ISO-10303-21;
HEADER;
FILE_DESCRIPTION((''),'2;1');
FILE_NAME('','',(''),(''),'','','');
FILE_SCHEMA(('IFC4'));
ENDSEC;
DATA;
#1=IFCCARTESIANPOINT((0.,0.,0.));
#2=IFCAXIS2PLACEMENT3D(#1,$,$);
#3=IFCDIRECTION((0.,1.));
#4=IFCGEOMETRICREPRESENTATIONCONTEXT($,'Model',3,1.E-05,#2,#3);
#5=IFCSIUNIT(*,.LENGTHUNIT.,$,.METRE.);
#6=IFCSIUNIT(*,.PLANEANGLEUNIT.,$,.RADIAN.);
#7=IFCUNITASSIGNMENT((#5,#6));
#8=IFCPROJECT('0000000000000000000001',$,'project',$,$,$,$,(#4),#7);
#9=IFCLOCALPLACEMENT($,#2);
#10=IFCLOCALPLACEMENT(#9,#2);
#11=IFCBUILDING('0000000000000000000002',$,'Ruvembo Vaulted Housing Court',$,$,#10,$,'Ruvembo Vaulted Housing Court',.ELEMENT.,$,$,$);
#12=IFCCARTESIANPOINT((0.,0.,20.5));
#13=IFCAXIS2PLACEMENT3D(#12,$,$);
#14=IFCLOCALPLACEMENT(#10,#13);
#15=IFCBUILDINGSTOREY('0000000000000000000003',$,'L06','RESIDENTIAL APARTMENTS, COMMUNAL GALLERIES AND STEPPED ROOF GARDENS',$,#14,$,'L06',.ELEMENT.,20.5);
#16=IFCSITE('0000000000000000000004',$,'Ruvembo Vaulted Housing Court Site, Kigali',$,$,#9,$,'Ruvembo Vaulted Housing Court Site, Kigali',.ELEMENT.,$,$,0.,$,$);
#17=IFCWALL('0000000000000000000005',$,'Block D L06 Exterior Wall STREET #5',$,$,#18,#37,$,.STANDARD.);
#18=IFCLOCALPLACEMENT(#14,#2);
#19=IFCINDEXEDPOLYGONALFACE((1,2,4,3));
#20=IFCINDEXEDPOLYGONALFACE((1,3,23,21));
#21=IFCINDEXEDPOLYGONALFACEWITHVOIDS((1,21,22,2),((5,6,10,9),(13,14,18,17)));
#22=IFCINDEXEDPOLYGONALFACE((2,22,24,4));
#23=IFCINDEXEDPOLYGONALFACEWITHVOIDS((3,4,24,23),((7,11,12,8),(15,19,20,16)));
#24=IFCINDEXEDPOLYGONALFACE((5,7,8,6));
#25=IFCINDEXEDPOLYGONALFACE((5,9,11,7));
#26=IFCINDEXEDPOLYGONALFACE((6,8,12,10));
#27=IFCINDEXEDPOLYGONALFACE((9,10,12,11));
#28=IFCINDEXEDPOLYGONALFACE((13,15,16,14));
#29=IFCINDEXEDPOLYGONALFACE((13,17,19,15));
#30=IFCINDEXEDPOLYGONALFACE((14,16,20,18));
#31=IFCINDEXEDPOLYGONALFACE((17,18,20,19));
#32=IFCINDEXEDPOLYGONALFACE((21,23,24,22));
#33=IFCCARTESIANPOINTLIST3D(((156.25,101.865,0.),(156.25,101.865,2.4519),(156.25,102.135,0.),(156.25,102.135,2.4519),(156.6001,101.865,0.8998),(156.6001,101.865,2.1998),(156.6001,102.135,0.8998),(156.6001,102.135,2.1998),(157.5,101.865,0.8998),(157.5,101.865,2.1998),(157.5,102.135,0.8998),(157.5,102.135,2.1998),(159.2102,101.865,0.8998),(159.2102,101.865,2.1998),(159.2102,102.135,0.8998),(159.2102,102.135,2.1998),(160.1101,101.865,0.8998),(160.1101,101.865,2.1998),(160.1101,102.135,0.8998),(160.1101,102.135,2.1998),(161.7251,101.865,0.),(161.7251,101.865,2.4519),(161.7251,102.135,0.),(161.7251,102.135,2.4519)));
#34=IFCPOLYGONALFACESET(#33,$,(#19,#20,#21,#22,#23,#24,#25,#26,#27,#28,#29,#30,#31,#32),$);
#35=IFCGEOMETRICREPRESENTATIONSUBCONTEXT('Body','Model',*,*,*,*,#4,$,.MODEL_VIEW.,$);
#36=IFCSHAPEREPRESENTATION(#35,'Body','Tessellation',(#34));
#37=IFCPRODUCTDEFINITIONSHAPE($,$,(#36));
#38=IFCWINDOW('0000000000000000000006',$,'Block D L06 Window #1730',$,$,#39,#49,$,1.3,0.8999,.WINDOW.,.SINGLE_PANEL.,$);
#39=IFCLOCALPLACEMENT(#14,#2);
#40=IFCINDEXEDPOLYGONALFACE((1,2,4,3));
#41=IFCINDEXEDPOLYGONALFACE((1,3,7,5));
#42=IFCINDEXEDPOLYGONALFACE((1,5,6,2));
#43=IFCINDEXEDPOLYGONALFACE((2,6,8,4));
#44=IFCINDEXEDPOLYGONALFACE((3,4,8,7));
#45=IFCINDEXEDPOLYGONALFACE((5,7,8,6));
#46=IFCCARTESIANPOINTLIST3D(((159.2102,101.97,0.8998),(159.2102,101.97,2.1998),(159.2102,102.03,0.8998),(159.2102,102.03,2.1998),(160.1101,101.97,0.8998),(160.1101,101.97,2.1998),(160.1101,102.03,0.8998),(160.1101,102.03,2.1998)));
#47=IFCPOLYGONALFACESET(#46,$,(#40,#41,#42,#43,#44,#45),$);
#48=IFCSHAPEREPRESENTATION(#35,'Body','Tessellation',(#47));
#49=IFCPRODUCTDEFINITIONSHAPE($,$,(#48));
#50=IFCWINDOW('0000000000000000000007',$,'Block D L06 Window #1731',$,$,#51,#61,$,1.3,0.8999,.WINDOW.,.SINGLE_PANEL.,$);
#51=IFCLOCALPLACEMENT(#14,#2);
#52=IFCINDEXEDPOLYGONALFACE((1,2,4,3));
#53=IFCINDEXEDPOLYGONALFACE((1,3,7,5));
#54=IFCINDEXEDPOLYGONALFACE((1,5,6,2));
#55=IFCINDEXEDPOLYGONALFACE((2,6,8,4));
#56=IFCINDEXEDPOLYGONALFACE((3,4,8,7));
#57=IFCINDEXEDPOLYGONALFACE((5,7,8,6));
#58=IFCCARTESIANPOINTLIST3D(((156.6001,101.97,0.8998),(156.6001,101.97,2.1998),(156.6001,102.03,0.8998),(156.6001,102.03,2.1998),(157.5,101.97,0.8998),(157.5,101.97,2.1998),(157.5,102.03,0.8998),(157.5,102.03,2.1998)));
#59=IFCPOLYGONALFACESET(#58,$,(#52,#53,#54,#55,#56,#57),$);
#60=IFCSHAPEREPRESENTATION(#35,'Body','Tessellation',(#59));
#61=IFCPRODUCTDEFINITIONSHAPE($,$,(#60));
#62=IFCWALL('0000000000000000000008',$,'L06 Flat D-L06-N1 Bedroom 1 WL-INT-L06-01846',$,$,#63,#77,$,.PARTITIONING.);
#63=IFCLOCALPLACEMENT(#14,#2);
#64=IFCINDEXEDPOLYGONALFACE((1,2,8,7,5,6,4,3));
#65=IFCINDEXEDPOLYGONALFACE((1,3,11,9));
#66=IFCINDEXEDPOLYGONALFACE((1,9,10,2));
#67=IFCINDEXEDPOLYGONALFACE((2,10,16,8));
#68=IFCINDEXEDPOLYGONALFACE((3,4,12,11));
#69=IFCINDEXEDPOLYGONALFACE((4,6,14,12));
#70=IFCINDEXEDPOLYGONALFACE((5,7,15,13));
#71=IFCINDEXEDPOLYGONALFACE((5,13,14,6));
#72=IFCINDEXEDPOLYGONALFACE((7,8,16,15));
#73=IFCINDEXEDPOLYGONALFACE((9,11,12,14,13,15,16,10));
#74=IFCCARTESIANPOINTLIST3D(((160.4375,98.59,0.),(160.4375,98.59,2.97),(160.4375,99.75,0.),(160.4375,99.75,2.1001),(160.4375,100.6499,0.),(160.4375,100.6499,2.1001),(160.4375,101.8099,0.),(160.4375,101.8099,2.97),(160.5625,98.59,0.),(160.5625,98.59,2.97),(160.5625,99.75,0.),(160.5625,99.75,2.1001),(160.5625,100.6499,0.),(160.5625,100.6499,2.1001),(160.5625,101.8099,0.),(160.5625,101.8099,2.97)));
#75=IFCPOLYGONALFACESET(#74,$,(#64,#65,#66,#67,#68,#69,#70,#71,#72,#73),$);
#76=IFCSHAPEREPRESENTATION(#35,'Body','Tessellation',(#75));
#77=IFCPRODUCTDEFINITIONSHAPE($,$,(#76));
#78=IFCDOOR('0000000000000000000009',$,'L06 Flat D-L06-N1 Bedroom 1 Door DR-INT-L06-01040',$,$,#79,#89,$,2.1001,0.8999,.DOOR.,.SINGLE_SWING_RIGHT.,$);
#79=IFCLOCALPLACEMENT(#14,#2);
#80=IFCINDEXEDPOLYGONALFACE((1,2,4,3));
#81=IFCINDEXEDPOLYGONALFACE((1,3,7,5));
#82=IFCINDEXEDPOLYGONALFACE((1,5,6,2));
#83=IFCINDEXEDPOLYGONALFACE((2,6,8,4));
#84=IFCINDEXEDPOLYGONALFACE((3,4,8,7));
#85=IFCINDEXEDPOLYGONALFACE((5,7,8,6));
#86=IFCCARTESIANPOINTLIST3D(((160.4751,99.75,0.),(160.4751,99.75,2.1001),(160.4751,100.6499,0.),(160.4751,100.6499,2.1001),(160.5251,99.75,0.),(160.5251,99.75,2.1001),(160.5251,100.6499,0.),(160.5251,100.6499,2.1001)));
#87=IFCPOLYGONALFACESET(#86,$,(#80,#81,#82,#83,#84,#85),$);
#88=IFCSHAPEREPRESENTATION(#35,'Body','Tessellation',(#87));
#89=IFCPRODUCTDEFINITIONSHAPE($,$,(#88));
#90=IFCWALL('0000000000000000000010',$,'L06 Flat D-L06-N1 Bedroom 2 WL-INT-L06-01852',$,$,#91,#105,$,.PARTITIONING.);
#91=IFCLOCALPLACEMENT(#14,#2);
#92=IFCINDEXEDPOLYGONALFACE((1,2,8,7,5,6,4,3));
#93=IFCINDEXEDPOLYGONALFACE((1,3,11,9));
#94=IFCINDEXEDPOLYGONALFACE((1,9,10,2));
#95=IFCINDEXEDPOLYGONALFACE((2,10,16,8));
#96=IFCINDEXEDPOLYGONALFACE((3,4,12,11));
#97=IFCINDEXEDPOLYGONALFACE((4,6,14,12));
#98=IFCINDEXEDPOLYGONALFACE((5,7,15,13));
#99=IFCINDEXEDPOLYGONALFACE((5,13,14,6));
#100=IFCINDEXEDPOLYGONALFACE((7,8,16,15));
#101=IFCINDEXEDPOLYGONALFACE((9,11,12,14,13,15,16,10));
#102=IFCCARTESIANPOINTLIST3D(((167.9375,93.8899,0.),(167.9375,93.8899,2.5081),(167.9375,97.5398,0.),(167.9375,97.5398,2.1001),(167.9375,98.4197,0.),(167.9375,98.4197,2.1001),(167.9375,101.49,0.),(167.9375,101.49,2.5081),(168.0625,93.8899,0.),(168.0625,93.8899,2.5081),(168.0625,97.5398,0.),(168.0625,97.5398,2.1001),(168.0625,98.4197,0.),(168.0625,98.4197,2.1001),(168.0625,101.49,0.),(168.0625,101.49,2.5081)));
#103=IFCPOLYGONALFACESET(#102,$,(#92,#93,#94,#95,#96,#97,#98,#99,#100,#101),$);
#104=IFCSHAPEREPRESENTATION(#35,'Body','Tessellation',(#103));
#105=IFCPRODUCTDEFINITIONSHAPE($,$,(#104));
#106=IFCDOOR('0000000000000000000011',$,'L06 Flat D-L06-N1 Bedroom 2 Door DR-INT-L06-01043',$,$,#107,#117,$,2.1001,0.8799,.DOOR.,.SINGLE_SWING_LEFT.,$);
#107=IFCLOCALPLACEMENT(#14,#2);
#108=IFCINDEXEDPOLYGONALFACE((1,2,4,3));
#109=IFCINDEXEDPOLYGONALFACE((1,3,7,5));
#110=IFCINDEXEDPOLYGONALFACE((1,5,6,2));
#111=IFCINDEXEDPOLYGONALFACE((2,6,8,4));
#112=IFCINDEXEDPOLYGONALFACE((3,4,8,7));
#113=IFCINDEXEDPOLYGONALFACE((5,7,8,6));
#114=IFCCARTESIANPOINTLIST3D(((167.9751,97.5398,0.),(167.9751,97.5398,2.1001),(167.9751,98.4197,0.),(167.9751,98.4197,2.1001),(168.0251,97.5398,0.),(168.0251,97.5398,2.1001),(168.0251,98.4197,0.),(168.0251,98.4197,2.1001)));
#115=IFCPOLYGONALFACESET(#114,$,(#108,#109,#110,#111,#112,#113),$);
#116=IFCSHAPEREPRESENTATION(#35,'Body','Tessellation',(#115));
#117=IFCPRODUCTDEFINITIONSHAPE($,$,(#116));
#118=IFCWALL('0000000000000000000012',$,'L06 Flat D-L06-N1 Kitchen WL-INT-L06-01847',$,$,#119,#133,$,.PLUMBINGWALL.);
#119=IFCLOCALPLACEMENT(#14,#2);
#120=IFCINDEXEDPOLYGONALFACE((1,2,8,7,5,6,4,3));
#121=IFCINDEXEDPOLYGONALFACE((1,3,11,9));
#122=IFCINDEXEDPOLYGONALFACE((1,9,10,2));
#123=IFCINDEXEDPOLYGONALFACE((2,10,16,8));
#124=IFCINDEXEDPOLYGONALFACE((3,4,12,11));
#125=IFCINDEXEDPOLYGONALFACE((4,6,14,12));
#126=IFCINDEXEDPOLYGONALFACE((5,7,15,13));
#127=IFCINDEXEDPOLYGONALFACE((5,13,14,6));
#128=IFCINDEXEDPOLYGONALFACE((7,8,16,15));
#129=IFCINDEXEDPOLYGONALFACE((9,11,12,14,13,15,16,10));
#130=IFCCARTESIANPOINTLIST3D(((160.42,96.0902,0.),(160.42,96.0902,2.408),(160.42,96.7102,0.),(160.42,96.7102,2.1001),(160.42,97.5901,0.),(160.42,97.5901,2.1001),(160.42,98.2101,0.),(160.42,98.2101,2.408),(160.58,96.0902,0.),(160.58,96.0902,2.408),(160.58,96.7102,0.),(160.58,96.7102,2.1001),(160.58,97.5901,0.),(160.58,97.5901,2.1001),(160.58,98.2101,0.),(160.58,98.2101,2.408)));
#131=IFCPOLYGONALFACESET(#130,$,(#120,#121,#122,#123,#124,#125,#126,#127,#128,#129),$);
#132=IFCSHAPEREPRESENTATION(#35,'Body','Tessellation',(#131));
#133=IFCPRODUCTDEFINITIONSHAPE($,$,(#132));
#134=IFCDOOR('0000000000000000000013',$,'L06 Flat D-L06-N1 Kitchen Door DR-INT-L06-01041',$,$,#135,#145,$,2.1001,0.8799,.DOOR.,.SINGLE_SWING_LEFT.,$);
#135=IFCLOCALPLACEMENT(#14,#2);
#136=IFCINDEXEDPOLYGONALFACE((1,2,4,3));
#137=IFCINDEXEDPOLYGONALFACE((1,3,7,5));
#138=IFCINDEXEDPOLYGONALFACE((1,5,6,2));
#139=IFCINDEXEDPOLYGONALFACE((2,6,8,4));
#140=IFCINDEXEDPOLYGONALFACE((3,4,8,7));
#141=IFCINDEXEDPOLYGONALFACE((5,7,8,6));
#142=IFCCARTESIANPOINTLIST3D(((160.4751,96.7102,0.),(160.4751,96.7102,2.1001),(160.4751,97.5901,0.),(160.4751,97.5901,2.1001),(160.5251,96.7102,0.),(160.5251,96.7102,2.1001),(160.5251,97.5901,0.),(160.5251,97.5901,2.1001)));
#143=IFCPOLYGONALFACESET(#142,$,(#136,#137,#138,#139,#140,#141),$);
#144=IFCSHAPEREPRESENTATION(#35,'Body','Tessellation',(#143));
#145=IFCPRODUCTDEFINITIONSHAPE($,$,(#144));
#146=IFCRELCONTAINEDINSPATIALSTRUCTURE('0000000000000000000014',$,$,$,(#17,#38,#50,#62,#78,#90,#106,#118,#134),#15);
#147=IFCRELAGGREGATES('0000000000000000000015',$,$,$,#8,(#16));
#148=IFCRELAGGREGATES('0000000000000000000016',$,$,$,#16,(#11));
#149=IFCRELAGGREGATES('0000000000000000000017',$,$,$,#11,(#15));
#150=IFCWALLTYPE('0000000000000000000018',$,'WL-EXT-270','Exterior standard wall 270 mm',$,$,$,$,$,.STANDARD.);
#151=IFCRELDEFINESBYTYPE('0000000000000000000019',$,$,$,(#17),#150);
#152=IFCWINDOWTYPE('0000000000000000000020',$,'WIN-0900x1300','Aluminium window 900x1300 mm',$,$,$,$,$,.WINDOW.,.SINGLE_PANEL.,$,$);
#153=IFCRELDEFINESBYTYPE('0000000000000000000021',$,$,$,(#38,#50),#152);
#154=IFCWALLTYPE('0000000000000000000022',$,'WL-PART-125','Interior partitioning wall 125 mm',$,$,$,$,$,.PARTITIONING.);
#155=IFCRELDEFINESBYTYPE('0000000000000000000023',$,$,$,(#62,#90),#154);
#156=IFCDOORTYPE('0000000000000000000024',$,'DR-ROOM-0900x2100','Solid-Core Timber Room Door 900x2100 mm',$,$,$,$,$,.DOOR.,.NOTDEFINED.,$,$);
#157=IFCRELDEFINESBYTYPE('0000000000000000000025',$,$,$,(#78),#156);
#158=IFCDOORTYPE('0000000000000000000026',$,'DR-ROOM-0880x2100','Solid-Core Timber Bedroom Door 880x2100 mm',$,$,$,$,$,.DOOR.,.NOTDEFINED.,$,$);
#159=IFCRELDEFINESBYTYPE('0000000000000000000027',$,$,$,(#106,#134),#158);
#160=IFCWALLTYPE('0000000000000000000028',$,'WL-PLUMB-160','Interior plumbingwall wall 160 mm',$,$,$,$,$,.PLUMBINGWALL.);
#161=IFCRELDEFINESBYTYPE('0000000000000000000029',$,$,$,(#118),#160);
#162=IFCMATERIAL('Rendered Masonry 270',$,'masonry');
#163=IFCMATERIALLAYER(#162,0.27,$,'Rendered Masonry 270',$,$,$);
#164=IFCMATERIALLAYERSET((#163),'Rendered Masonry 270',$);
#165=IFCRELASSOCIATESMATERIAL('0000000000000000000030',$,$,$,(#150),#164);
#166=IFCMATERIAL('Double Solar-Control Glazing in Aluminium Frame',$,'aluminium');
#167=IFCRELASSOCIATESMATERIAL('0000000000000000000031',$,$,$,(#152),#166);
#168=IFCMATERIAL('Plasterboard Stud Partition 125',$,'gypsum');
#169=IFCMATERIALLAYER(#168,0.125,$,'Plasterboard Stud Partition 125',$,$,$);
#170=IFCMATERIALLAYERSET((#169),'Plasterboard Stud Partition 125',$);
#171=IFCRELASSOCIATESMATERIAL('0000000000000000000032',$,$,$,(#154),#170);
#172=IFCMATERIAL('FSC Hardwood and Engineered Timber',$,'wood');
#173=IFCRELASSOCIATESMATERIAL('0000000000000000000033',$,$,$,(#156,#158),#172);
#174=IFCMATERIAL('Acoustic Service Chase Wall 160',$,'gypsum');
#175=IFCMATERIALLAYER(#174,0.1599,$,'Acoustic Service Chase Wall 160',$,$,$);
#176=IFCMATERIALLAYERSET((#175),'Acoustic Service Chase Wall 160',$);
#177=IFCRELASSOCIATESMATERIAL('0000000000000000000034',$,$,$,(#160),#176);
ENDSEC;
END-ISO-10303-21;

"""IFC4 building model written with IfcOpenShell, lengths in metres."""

from ifc_helpers import new_model, si_unit, direction, frame, frame_2d, origin, place, context, subcontext, project, spatial, rectangle, extrude, material, layer, layer_set, type_object, element, fill, save


model = new_model("IFC4")

# Units and contexts
model_context = context("Model", 3, precision=1e-05, world=origin(), true_north=direction((0.0, 1.0)))
body_context = subcontext(model_context, "Body", "Model", "MODEL_VIEW")
ifc_project = project(units=[si_unit("LENGTHUNIT", "METRE"), si_unit("PLANEANGLEUNIT", "RADIAN")], contexts=[model_context])

# Site, building, storey
site_placement = place(None, origin())
site = spatial("IfcSite", under=ifc_project, at=site_placement, Name="Ruvembo Vaulted Housing Court Site, Kigali", LongName="Ruvembo Vaulted Housing Court Site, Kigali", CompositionType="ELEMENT", RefElevation=0.0)
building_placement = place(site_placement, origin())
building = spatial("IfcBuilding", under=site, at=building_placement, Name="Ruvembo Vaulted Housing Court", LongName="Ruvembo Vaulted Housing Court", CompositionType="ELEMENT")
storey_placement = place(building_placement, frame((0.0, 0.0, 20.5)))
storey = spatial("IfcBuildingStorey", under=building, at=storey_placement, Name="L06", Description="RESIDENTIAL APARTMENTS, COMMUNAL GALLERIES AND STEPPED ROOF GARDENS", LongName="L06", CompositionType="ELEMENT", Elevation=20.5)

# Shared definitions
ifc_material_1 = material(Name="FSC Hardwood and Engineered Timber", Category="wood")

# Wall, openings, windows
ifc_material_2 = material(Name="Rendered Masonry 270", Category="masonry")
ifc_layer_1 = layer(ifc_material_2, 0.27, Name="Rendered Masonry 270")
ifc_layer_set_1 = layer_set([ifc_layer_1], Name="Rendered Masonry 270")
wall_type_1 = type_object("IfcWallType", Name="WL-EXT-270", Description="Exterior standard wall 270 mm", PredefinedType="STANDARD", material=ifc_layer_set_1)
ifc_material_3 = material(Name="Double Solar-Control Glazing in Aluminium Frame", Category="aluminium")
wall_1_placement = place(storey_placement, frame((161.7251, 102.0, 0.0), z_axis=(0.0, 0.0, 1.0), x_axis=(-1.0, 0.0, 0.0)))
wall_1 = element("IfcWall", 1, at=wall_1_placement, inside=storey, type_object=wall_type_1, Name="Block D L06 Exterior Wall STREET #5", PredefinedType="STANDARD", context=body_context, shape_type="SweptSolid", body=[
    extrude(rectangle(XDim=5.4751, YDim=0.27, at=frame_2d((2.7375, 0.0))), origin(), (0.0, 0.0, 1.0), 2.4519),
])
opening_1_placement = place(wall_1_placement, frame((1.615, 0.0, 0.8999)))
opening_1 = element("IfcOpeningElement", 2, at=opening_1_placement, cuts=wall_1, PredefinedType="OPENING", context=body_context, shape_type="SweptSolid", body=[
    extrude(rectangle(XDim=0.8999, YDim=1.3, at=frame_2d((0.45, 0.6499))), frame((0.0, 0.145, 0.0), z_axis=(0.0, -1.0, 0.0), x_axis=(1.0, 0.0, 0.0)), (0.0, 0.0, 1.0), 0.29),
])
opening_2_placement = place(wall_1_placement, frame((4.2251, 0.0, 0.8999)))
opening_2 = element("IfcOpeningElement", 3, at=opening_2_placement, cuts=wall_1, PredefinedType="OPENING", context=body_context, shape_type="SweptSolid", body=[
    extrude(rectangle(XDim=0.8999, YDim=1.3, at=frame_2d((0.45, 0.6499))), frame((0.0, 0.145, 0.0), z_axis=(0.0, -1.0, 0.0), x_axis=(1.0, 0.0, 0.0)), (0.0, 0.0, 1.0), 0.29),
])
window_type_1 = type_object("IfcWindowType", Name="WIN-0900x1300", Description="Aluminium window 900x1300 mm", PartitioningType="SINGLE_PANEL", PredefinedType="WINDOW", material=ifc_material_3)
window_1_placement = place(opening_1_placement, origin())
window_1 = element("IfcWindow", 4, at=window_1_placement, inside=storey, type_object=window_type_1, Name="Block D L06 Window #1730", OverallHeight=1.3, OverallWidth=0.8999, PartitioningType="SINGLE_PANEL", PredefinedType="WINDOW", context=body_context, shape_type="SweptSolid", body=[
    extrude(rectangle(XDim=0.8999, YDim=1.3, at=frame_2d((0.45, 0.6499))), frame((0.0, 0.03, 0.0), z_axis=(0.0, -1.0, 0.0), x_axis=(1.0, 0.0, 0.0)), (0.0, 0.0, 1.0), 0.0601),
])
fill(opening_1, window_1)
window_2_placement = place(opening_2_placement, origin())
window_2 = element("IfcWindow", 5, at=window_2_placement, inside=storey, type_object=window_type_1, Name="Block D L06 Window #1731", OverallHeight=1.3, OverallWidth=0.8999, PartitioningType="SINGLE_PANEL", PredefinedType="WINDOW", context=body_context, shape_type="SweptSolid", body=[
    extrude(rectangle(XDim=0.8999, YDim=1.3, at=frame_2d((0.45, 0.6499))), frame((0.0, 0.03, 0.0), z_axis=(0.0, -1.0, 0.0), x_axis=(1.0, 0.0, 0.0)), (0.0, 0.0, 1.0), 0.0601),
])
fill(opening_2, window_2)

# Walls, openings, doors
ifc_material_4 = material(Name="Plasterboard Stud Partition 125", Category="gypsum")
ifc_layer_2 = layer(ifc_material_4, 0.125, Name="Plasterboard Stud Partition 125")
ifc_layer_set_2 = layer_set([ifc_layer_2], Name="Plasterboard Stud Partition 125")
wall_type_2 = type_object("IfcWallType", Name="WL-PART-125", Description="Interior partitioning wall 125 mm", PredefinedType="PARTITIONING", material=ifc_layer_set_2)
wall_2_placement = place(storey_placement, frame((160.5, 98.5901, 0.0), z_axis=(0.0, 0.0, 1.0), x_axis=(0.0, 1.0, 0.0)))
wall_2 = element("IfcWall", 6, at=wall_2_placement, inside=storey, type_object=wall_type_2, Name="L06 Flat D-L06-N1 Bedroom 1 WL-INT-L06-01846", PredefinedType="PARTITIONING", context=body_context, shape_type="SweptSolid", body=[
    extrude(rectangle(XDim=3.22, YDim=0.125, at=frame_2d((1.6099, 0.0))), origin(), (0.0, 0.0, 1.0), 2.97),
])
opening_3_placement = place(wall_2_placement, frame((1.1599, 0.0, 0.0)))
opening_3 = element("IfcOpeningElement", 7, at=opening_3_placement, cuts=wall_2, PredefinedType="OPENING", context=body_context, shape_type="SweptSolid", body=[
    extrude(rectangle(XDim=0.8999, YDim=2.1001, at=frame_2d((0.45, 1.05))), frame((0.0, 0.0725, 0.0), z_axis=(0.0, -1.0, 0.0), x_axis=(1.0, 0.0, 0.0)), (0.0, 0.0, 1.0), 0.145),
])
door_type_1 = type_object("IfcDoorType", Name="DR-ROOM-0900x2100", Description="Solid-Core Timber Room Door 900x2100 mm", OperationType="NOTDEFINED", PredefinedType="DOOR", material=ifc_material_1)
door_1_placement = place(opening_3_placement, origin())
door_1 = element("IfcDoor", 8, at=door_1_placement, inside=storey, type_object=door_type_1, Name="L06 Flat D-L06-N1 Bedroom 1 Door DR-INT-L06-01040", OperationType="SINGLE_SWING_RIGHT", OverallHeight=2.1001, OverallWidth=0.8999, PredefinedType="DOOR", context=body_context, shape_type="SweptSolid", body=[
    extrude(rectangle(XDim=0.8999, YDim=2.1001, at=frame_2d((0.45, 1.05))), frame((0.0, 0.0249, 0.0), z_axis=(0.0, -1.0, 0.0), x_axis=(1.0, 0.0, 0.0)), (0.0, 0.0, 1.0), 0.05),
])
fill(opening_3, door_1)
wall_3_placement = place(storey_placement, frame((168.0, 93.8899, 0.0), z_axis=(0.0, 0.0, 1.0), x_axis=(0.0, 1.0, 0.0)))
wall_3 = element("IfcWall", 9, at=wall_3_placement, inside=storey, type_object=wall_type_2, Name="L06 Flat D-L06-N1 Bedroom 2 WL-INT-L06-01852", PredefinedType="PARTITIONING", context=body_context, shape_type="SweptSolid", body=[
    extrude(rectangle(XDim=7.6001, YDim=0.125, at=frame_2d((3.8, 0.0))), origin(), (0.0, 0.0, 1.0), 2.5081),
])
opening_4_placement = place(wall_3_placement, frame((3.6499, 0.0, 0.0)))
opening_4 = element("IfcOpeningElement", 10, at=opening_4_placement, cuts=wall_3, PredefinedType="OPENING", context=body_context, shape_type="SweptSolid", body=[
    extrude(rectangle(XDim=0.8799, YDim=2.1001, at=frame_2d((0.4399, 1.05))), frame((0.0, 0.0725, 0.0), z_axis=(0.0, -1.0, 0.0), x_axis=(1.0, 0.0, 0.0)), (0.0, 0.0, 1.0), 0.145),
])
door_type_2 = type_object("IfcDoorType", Name="DR-ROOM-0880x2100", Description="Solid-Core Timber Bedroom Door 880x2100 mm", OperationType="NOTDEFINED", PredefinedType="DOOR", material=ifc_material_1)
door_2_placement = place(opening_4_placement, origin())
door_2 = element("IfcDoor", 11, at=door_2_placement, inside=storey, type_object=door_type_2, Name="L06 Flat D-L06-N1 Bedroom 2 Door DR-INT-L06-01043", OperationType="SINGLE_SWING_LEFT", OverallHeight=2.1001, OverallWidth=0.8799, PredefinedType="DOOR", context=body_context, shape_type="SweptSolid", body=[
    extrude(rectangle(XDim=0.8799, YDim=2.1001, at=frame_2d((0.4399, 1.05))), frame((0.0, 0.0249, 0.0), z_axis=(0.0, -1.0, 0.0), x_axis=(1.0, 0.0, 0.0)), (0.0, 0.0, 1.0), 0.05),
])
fill(opening_4, door_2)
ifc_material_5 = material(Name="Acoustic Service Chase Wall 160", Category="gypsum")
ifc_layer_3 = layer(ifc_material_5, 0.1599, Name="Acoustic Service Chase Wall 160")
ifc_layer_set_3 = layer_set([ifc_layer_3], Name="Acoustic Service Chase Wall 160")
wall_type_3 = type_object("IfcWallType", Name="WL-PLUMB-160", Description="Interior plumbingwall wall 160 mm", PredefinedType="PLUMBINGWALL", material=ifc_layer_set_3)
wall_4_placement = place(storey_placement, frame((160.5, 96.0901, 0.0), z_axis=(0.0, 0.0, 1.0), x_axis=(0.0, 1.0, 0.0)))
wall_4 = element("IfcWall", 12, at=wall_4_placement, inside=storey, type_object=wall_type_3, Name="L06 Flat D-L06-N1 Kitchen WL-INT-L06-01847", PredefinedType="PLUMBINGWALL", context=body_context, shape_type="SweptSolid", body=[
    extrude(rectangle(XDim=2.1199, YDim=0.1599, at=frame_2d((1.0601, 0.0))), origin(), (0.0, 0.0, 1.0), 2.408),
])
opening_5_placement = place(wall_4_placement, frame((0.6201, 0.0, 0.0)))
opening_5 = element("IfcOpeningElement", 13, at=opening_5_placement, cuts=wall_4, PredefinedType="OPENING", context=body_context, shape_type="SweptSolid", body=[
    extrude(rectangle(XDim=0.8799, YDim=2.1001, at=frame_2d((0.4399, 1.05))), frame((0.0, 0.0898, 0.0), z_axis=(0.0, -1.0, 0.0), x_axis=(1.0, 0.0, 0.0)), (0.0, 0.0, 1.0), 0.1799),
])
door_3_placement = place(opening_5_placement, origin())
door_3 = element("IfcDoor", 14, at=door_3_placement, inside=storey, type_object=door_type_2, Name="L06 Flat D-L06-N1 Kitchen Door DR-INT-L06-01041", OperationType="SINGLE_SWING_LEFT", OverallHeight=2.1001, OverallWidth=0.8799, PredefinedType="DOOR", context=body_context, shape_type="SweptSolid", body=[
    extrude(rectangle(XDim=0.8799, YDim=2.1001, at=frame_2d((0.4399, 1.05))), frame((0.0, 0.0249, 0.0), z_axis=(0.0, -1.0, 0.0), x_axis=(1.0, 0.0, 0.0)), (0.0, 0.0, 1.0), 0.05),
])
fill(opening_5, door_3)

save(model, "model.ifc")
